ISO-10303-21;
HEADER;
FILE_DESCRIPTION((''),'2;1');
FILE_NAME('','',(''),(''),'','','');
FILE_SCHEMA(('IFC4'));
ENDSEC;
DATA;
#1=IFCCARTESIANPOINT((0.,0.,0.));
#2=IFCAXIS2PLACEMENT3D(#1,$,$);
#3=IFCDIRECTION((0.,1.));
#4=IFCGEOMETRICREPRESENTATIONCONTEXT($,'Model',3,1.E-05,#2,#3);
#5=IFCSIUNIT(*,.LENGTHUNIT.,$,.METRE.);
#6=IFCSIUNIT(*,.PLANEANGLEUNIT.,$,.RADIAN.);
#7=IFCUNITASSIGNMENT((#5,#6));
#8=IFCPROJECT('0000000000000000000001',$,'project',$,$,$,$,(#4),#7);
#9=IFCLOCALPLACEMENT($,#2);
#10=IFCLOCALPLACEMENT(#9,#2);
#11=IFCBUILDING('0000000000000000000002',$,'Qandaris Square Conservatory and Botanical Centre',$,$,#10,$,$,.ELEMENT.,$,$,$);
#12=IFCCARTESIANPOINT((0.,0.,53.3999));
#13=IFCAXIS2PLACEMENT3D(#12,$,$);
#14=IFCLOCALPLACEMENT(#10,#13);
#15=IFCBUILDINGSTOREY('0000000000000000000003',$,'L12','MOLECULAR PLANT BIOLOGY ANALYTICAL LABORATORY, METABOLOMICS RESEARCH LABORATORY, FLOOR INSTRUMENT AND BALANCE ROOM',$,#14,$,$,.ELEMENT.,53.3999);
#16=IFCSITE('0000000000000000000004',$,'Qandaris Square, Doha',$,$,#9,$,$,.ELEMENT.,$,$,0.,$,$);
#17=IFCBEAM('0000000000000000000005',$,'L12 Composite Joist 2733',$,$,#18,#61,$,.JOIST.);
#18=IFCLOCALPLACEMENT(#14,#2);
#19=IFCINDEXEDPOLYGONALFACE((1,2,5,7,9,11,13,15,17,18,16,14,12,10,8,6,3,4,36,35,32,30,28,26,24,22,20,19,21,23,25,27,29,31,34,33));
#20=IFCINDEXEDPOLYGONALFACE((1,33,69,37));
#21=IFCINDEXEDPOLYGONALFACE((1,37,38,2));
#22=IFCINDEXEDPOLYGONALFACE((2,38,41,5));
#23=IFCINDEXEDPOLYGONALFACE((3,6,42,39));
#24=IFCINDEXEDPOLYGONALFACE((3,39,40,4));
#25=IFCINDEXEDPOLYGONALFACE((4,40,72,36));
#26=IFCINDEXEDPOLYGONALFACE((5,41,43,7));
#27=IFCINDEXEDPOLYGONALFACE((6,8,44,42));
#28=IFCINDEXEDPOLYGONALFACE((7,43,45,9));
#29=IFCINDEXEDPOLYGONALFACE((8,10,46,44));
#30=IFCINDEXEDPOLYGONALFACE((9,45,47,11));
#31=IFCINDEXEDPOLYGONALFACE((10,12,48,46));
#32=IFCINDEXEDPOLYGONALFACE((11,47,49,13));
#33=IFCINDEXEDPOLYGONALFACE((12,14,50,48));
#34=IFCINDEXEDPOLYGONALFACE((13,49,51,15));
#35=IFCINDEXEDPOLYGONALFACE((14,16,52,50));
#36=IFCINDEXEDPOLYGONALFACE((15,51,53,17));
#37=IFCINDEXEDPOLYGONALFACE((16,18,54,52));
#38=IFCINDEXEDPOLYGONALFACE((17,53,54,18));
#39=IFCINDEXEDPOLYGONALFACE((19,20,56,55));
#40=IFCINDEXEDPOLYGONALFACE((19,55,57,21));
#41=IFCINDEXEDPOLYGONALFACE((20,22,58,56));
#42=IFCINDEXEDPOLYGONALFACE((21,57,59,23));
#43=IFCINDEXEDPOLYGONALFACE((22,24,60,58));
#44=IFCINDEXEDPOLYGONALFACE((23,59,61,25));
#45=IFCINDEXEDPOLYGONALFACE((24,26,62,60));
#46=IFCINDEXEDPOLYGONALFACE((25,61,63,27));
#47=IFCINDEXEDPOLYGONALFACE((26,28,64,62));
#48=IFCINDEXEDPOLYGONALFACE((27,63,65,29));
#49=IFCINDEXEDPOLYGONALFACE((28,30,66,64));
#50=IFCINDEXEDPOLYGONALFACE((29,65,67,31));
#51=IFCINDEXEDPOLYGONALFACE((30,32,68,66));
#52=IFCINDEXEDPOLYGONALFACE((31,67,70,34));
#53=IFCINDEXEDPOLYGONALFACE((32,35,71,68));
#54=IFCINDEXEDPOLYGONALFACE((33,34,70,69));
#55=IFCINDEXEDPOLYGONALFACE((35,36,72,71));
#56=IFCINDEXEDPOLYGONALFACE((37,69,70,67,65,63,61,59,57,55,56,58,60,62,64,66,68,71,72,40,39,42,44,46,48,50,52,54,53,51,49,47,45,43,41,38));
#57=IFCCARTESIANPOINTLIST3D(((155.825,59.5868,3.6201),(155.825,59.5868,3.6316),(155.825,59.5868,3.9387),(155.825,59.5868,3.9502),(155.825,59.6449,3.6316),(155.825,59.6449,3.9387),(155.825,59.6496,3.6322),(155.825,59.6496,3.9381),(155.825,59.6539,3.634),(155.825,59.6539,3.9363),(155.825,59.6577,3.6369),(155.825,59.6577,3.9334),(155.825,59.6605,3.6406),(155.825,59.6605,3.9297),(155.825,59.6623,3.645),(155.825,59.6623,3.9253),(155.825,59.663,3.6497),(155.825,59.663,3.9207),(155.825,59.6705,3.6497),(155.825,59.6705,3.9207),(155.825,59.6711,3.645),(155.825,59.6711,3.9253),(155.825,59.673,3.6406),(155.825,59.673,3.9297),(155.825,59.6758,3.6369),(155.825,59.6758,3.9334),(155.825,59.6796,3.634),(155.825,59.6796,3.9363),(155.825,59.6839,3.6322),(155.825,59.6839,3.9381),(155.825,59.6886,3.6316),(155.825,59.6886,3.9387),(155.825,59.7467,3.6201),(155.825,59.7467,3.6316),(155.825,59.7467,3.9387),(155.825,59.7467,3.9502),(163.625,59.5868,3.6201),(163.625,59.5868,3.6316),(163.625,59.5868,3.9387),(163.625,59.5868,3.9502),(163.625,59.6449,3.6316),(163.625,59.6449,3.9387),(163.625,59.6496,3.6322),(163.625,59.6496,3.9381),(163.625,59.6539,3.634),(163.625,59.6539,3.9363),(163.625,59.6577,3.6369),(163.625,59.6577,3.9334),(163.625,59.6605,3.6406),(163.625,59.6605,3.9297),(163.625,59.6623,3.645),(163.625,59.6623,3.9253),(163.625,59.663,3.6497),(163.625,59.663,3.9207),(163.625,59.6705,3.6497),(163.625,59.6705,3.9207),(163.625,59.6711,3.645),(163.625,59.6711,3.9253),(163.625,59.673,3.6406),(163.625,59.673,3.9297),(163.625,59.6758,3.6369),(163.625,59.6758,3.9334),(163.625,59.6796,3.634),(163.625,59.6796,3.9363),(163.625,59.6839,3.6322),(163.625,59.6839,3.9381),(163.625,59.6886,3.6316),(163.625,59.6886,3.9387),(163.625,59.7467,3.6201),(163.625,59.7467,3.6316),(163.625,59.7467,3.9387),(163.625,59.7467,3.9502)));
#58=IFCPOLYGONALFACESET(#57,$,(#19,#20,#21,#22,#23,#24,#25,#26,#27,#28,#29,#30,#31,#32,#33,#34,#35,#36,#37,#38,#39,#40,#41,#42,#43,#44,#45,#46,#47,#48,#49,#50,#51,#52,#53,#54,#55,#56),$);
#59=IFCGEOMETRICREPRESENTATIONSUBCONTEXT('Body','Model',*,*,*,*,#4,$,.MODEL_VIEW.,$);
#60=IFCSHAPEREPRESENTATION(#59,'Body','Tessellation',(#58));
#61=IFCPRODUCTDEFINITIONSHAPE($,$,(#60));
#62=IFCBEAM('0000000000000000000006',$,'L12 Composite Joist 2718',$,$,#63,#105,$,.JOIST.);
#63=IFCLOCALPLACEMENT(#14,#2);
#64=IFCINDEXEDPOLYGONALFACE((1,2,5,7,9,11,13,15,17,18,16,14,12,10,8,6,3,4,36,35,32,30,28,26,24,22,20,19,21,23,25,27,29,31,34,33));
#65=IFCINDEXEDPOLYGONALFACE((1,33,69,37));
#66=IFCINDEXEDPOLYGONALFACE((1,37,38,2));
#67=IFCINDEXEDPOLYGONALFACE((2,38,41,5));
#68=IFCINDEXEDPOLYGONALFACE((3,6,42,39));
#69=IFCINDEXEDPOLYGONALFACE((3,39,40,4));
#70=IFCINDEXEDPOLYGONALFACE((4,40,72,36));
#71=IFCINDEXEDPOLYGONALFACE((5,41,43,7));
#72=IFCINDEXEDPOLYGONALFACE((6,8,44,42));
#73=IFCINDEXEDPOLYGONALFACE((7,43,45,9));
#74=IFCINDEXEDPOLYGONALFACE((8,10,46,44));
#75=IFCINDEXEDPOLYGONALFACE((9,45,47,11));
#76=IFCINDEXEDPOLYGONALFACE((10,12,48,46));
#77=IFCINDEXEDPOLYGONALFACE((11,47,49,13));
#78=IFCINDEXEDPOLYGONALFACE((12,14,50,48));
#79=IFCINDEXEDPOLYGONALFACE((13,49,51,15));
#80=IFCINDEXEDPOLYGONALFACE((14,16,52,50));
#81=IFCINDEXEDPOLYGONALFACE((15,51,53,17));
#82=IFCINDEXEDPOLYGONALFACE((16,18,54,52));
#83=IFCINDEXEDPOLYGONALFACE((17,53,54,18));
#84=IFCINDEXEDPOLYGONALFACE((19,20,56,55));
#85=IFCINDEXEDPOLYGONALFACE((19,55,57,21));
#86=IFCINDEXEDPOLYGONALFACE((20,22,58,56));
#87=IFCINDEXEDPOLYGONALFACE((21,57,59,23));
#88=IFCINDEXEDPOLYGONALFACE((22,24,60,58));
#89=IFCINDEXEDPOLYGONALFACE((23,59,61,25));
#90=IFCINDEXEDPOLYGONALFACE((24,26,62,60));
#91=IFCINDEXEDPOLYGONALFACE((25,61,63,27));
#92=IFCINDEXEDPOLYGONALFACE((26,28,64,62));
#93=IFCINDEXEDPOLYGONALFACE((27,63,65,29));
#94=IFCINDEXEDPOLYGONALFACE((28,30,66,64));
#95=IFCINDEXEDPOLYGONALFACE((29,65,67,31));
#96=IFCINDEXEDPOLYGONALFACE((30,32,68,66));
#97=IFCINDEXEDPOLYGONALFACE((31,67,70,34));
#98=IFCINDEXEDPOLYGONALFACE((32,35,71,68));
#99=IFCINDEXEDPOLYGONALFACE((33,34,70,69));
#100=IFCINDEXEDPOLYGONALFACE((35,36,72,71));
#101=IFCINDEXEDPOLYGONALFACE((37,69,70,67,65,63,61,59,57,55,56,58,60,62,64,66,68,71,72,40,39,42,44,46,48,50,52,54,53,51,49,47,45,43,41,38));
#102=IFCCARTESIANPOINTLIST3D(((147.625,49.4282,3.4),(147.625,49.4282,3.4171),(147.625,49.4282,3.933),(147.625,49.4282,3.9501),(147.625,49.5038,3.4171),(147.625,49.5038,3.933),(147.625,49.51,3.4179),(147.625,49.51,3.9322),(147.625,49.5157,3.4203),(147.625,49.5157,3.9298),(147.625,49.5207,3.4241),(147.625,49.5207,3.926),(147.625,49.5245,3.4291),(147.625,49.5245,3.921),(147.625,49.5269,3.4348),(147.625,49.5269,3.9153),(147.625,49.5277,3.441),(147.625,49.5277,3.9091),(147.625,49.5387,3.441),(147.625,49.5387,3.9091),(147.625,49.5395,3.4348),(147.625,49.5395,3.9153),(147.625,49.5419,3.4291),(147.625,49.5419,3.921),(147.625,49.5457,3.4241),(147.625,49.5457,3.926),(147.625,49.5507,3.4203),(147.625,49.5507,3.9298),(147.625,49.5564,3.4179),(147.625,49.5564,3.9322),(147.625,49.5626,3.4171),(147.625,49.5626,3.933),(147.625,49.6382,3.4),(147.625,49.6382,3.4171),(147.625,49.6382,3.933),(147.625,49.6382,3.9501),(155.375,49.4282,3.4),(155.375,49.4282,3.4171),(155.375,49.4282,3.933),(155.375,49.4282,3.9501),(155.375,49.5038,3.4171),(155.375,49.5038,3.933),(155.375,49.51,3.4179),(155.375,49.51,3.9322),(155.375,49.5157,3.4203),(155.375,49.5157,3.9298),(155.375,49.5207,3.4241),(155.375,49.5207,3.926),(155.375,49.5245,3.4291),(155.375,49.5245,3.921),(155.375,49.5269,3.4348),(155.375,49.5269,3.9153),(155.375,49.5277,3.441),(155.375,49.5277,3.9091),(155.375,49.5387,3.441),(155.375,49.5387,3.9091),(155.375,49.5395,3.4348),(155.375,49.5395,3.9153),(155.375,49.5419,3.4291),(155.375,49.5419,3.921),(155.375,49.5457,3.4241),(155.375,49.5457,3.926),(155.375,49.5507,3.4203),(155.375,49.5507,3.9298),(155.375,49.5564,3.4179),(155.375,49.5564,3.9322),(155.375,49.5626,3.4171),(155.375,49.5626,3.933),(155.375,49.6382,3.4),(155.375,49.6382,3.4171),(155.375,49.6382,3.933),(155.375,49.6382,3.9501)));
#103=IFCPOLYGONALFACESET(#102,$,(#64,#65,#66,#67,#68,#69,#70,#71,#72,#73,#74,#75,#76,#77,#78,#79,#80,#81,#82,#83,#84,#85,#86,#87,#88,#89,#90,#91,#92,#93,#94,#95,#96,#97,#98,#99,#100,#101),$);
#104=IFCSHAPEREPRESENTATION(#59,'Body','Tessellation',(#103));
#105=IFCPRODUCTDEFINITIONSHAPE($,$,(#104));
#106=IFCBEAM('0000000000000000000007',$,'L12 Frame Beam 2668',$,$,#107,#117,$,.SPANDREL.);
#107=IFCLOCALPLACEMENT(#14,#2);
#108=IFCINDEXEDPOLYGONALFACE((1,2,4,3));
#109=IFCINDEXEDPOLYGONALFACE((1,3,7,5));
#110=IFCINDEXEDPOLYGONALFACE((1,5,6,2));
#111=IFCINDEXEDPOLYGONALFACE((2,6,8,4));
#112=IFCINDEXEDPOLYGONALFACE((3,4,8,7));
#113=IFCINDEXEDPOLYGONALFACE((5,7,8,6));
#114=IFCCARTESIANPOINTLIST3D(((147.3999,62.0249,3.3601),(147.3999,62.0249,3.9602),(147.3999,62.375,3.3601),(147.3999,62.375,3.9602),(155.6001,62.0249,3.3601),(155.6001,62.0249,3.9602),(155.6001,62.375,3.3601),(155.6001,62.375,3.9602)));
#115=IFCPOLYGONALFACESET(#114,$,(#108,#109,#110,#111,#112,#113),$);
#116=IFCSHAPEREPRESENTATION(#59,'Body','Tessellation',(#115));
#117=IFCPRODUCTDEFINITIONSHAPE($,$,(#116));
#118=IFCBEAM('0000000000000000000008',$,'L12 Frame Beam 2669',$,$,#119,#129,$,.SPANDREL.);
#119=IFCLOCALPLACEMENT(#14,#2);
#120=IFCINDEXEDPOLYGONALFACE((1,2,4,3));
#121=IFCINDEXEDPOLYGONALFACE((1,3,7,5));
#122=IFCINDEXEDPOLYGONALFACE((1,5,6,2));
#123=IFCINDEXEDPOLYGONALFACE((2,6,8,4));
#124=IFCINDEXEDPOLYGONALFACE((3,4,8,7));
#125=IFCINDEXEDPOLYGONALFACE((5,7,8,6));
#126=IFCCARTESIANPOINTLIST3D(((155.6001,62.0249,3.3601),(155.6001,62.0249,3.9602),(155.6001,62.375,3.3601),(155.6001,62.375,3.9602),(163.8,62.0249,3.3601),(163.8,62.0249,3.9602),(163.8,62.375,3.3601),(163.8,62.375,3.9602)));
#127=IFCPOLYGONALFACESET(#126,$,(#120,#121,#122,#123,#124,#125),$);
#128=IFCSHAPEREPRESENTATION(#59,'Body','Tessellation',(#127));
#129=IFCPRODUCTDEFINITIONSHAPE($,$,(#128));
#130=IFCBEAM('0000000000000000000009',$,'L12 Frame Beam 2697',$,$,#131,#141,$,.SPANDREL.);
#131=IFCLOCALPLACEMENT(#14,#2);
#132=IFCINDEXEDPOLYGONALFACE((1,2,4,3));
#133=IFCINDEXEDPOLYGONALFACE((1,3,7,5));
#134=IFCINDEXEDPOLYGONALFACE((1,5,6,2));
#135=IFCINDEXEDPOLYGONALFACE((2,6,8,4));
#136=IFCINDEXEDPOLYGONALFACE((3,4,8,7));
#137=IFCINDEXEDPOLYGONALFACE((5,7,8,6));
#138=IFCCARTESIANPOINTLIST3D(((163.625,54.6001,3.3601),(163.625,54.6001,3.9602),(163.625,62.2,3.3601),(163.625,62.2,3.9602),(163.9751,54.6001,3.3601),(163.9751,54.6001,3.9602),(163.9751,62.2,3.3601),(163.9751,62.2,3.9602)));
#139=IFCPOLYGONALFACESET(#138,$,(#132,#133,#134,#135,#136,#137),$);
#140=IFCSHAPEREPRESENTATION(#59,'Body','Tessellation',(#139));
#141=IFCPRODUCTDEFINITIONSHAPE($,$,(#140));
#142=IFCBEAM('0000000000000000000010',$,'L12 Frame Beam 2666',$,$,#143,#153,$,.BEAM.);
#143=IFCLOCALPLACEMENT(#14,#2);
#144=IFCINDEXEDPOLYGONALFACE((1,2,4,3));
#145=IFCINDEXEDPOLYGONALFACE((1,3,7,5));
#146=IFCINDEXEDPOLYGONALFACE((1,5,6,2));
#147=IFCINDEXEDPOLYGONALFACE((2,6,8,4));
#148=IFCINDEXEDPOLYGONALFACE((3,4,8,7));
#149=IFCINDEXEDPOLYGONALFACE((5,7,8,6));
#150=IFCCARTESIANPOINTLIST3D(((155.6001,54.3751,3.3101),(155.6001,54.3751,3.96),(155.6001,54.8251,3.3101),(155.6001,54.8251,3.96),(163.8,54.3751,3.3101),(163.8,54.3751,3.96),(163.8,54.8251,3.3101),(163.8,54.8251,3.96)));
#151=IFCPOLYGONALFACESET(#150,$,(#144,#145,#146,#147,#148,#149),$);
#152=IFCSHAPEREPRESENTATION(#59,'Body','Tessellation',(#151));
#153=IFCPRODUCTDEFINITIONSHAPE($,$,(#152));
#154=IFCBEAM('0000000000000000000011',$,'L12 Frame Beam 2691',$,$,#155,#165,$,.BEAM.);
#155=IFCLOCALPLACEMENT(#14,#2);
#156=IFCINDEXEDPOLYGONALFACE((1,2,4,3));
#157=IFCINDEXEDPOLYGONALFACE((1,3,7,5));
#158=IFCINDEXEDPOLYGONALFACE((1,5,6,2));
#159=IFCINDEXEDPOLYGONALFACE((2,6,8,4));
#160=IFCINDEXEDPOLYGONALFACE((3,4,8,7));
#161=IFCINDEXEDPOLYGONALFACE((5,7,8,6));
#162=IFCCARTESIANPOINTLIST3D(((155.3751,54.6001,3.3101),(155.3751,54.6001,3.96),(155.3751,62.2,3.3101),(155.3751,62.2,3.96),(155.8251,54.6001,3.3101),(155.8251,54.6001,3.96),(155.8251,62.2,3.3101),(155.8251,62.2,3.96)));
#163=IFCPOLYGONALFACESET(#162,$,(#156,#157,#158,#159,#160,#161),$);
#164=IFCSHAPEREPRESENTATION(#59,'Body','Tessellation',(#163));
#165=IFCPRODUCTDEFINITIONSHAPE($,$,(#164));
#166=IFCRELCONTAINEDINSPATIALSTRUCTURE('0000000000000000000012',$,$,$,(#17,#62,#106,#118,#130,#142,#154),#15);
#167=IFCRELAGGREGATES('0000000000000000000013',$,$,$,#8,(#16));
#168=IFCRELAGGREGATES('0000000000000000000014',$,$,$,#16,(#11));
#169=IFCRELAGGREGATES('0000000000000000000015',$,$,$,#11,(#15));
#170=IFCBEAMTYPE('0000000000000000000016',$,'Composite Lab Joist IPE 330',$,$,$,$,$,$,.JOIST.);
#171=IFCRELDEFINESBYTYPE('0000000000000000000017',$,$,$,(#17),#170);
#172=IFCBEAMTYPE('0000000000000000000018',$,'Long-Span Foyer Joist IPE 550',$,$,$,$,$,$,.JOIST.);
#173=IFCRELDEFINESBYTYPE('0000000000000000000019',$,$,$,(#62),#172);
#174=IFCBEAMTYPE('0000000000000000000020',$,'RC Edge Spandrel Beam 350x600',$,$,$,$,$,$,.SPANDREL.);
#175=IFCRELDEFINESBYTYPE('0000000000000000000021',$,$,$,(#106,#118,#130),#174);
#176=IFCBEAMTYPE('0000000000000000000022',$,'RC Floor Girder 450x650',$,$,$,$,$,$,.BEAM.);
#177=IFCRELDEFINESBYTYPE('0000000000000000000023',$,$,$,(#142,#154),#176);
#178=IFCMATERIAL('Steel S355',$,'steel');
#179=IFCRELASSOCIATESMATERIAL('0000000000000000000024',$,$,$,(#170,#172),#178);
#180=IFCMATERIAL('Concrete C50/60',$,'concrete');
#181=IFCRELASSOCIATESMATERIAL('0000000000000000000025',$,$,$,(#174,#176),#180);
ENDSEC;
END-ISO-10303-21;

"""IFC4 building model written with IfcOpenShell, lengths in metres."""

from ifc_helpers import new_model, si_unit, direction, frame, origin, origin_2d, place, context, subcontext, project, spatial, rectangle, i_section, extrude, material, material_profile, profile_set, type_object, element, save


model = new_model("IFC4")

# Units and contexts
model_context = context("Model", 3, precision=1e-05, world=origin(), true_north=direction((0.0, 1.0)))
body_context = subcontext(model_context, "Body", "Model", "MODEL_VIEW")
ifc_project = project(units=[si_unit("LENGTHUNIT", "METRE"), si_unit("PLANEANGLEUNIT", "RADIAN")], contexts=[model_context])

# Site, building, storey
site_placement = place(None, origin())
site = spatial("IfcSite", under=ifc_project, at=site_placement, Name="Qandaris Square, Doha", CompositionType="ELEMENT", RefElevation=0.0)
building_placement = place(site_placement, origin())
building = spatial("IfcBuilding", under=site, at=building_placement, Name="Qandaris Square Conservatory and Botanical Centre", CompositionType="ELEMENT")
storey_placement = place(building_placement, frame((0.0, 0.0, 53.3999)))
storey = spatial("IfcBuildingStorey", under=building, at=storey_placement, Name="L12", Description="MOLECULAR PLANT BIOLOGY ANALYTICAL LABORATORY, METABOLOMICS RESEARCH LABORATORY, FLOOR INSTRUMENT AND BALANCE ROOM", CompositionType="ELEMENT", Elevation=53.3999)

# Shared definitions
ifc_material_1 = material(Name="Concrete C50/60", Category="concrete")

# Beams
ifc_material_2 = material(Name="Steel S355", Category="steel")
ifc_material_profile_1 = material_profile(ifc_material_2, i_section(OverallWidth=0.1599, OverallDepth=0.3301, WebThickness=0.0076, FlangeThickness=0.0115, FilletRadius=0.0181, at=origin_2d()), Name="IPE 330")
ifc_profile_set_1 = profile_set([ifc_material_profile_1], Name="Steel S355")
beam_type_1 = type_object("IfcBeamType", Name="Composite Lab Joist IPE 330", PredefinedType="JOIST", material=ifc_profile_set_1)
beam_1_placement = place(storey_placement, frame((155.825, 59.6667, 3.7852), z_axis=(1.0, 0.0, 0.0), x_axis=(0.0, 1.0, 0.0)))
element("IfcBeam", 1, at=beam_1_placement, inside=storey, type_object=beam_type_1, Name="L12 Composite Joist 2733", PredefinedType="JOIST", context=body_context, shape_type="SweptSolid", body=[
    extrude(i_section(OverallWidth=0.1599, OverallDepth=0.3301, WebThickness=0.0076, FlangeThickness=0.0115, FilletRadius=0.0181, at=origin_2d()), origin(), (0.0, 0.0, 1.0), 7.8),
])
ifc_material_profile_2 = material_profile(ifc_material_2, i_section(OverallWidth=0.21, OverallDepth=0.55, WebThickness=0.011, FlangeThickness=0.0171, FilletRadius=0.0239, at=origin_2d()), Name="IPE 550")
ifc_profile_set_2 = profile_set([ifc_material_profile_2], Name="Steel S355")
beam_type_2 = type_object("IfcBeamType", Name="Long-Span Foyer Joist IPE 550", PredefinedType="JOIST", material=ifc_profile_set_2)
beam_2_placement = place(storey_placement, frame((147.625, 49.5332, 3.675), z_axis=(1.0, 0.0, 0.0), x_axis=(0.0, 1.0, 0.0)))
element("IfcBeam", 2, at=beam_2_placement, inside=storey, type_object=beam_type_2, Name="L12 Composite Joist 2718", PredefinedType="JOIST", context=body_context, shape_type="SweptSolid", body=[
    extrude(i_section(OverallWidth=0.21, OverallDepth=0.55, WebThickness=0.011, FlangeThickness=0.0171, FilletRadius=0.0239, at=origin_2d()), origin(), (0.0, 0.0, 1.0), 7.75),
])
ifc_material_profile_3 = material_profile(ifc_material_1, rectangle(XDim=0.3501, YDim=0.6001, at=origin_2d()), Name="RC-SP 350x600")
ifc_profile_set_3 = profile_set([ifc_material_profile_3], Name="Concrete C50/60")
beam_type_3 = type_object("IfcBeamType", Name="RC Edge Spandrel Beam 350x600", PredefinedType="SPANDREL", material=ifc_profile_set_3)
beam_3_placement = place(storey_placement, frame((147.3999, 62.2, 3.6602), z_axis=(1.0, 0.0, 0.0), x_axis=(0.0, 1.0, 0.0)))
element("IfcBeam", 3, at=beam_3_placement, inside=storey, type_object=beam_type_3, Name="L12 Frame Beam 2668", PredefinedType="SPANDREL", context=body_context, shape_type="SweptSolid", body=[
    extrude(rectangle(XDim=0.3501, YDim=0.6001, at=origin_2d()), origin(), (0.0, 0.0, 1.0), 8.2002),
])
beam_4_placement = place(storey_placement, frame((155.6001, 62.2, 3.6602), z_axis=(1.0, 0.0, 0.0), x_axis=(0.0, 1.0, 0.0)))
element("IfcBeam", 4, at=beam_4_placement, inside=storey, type_object=beam_type_3, Name="L12 Frame Beam 2669", PredefinedType="SPANDREL", context=body_context, shape_type="SweptSolid", body=[
    extrude(rectangle(XDim=0.3501, YDim=0.6001, at=origin_2d()), origin(), (0.0, 0.0, 1.0), 8.2),
])
beam_5_placement = place(storey_placement, frame((163.8, 54.6001, 3.6602), z_axis=(0.0, 1.0, 0.0), x_axis=(-1.0, 0.0, 0.0)))
element("IfcBeam", 5, at=beam_5_placement, inside=storey, type_object=beam_type_3, Name="L12 Frame Beam 2697", PredefinedType="SPANDREL", context=body_context, shape_type="SweptSolid", body=[
    extrude(rectangle(XDim=0.3501, YDim=0.6001, at=origin_2d()), origin(), (0.0, 0.0, 1.0), 7.5999),
])
ifc_material_profile_4 = material_profile(ifc_material_1, rectangle(XDim=0.45, YDim=0.6499, at=origin_2d()), Name="RC-BM 450x650")
ifc_profile_set_4 = profile_set([ifc_material_profile_4], Name="Concrete C50/60")
beam_type_4 = type_object("IfcBeamType", Name="RC Floor Girder 450x650", PredefinedType="BEAM", material=ifc_profile_set_4)
beam_6_placement = place(storey_placement, frame((155.6001, 54.6001, 3.635), z_axis=(1.0, 0.0, 0.0), x_axis=(0.0, 1.0, 0.0)))
element("IfcBeam", 6, at=beam_6_placement, inside=storey, type_object=beam_type_4, Name="L12 Frame Beam 2666", PredefinedType="BEAM", context=body_context, shape_type="SweptSolid", body=[
    extrude(rectangle(XDim=0.45, YDim=0.6499, at=origin_2d()), origin(), (0.0, 0.0, 1.0), 8.2),
])
beam_7_placement = place(storey_placement, frame((155.6001, 54.6001, 3.635), z_axis=(0.0, 1.0, 0.0), x_axis=(-1.0, 0.0, 0.0)))
element("IfcBeam", 7, at=beam_7_placement, inside=storey, type_object=beam_type_4, Name="L12 Frame Beam 2691", PredefinedType="BEAM", context=body_context, shape_type="SweptSolid", body=[
    extrude(rectangle(XDim=0.45, YDim=0.6499, at=origin_2d()), origin(), (0.0, 0.0, 1.0), 7.5999),
])

save(model, "model.ifc")
